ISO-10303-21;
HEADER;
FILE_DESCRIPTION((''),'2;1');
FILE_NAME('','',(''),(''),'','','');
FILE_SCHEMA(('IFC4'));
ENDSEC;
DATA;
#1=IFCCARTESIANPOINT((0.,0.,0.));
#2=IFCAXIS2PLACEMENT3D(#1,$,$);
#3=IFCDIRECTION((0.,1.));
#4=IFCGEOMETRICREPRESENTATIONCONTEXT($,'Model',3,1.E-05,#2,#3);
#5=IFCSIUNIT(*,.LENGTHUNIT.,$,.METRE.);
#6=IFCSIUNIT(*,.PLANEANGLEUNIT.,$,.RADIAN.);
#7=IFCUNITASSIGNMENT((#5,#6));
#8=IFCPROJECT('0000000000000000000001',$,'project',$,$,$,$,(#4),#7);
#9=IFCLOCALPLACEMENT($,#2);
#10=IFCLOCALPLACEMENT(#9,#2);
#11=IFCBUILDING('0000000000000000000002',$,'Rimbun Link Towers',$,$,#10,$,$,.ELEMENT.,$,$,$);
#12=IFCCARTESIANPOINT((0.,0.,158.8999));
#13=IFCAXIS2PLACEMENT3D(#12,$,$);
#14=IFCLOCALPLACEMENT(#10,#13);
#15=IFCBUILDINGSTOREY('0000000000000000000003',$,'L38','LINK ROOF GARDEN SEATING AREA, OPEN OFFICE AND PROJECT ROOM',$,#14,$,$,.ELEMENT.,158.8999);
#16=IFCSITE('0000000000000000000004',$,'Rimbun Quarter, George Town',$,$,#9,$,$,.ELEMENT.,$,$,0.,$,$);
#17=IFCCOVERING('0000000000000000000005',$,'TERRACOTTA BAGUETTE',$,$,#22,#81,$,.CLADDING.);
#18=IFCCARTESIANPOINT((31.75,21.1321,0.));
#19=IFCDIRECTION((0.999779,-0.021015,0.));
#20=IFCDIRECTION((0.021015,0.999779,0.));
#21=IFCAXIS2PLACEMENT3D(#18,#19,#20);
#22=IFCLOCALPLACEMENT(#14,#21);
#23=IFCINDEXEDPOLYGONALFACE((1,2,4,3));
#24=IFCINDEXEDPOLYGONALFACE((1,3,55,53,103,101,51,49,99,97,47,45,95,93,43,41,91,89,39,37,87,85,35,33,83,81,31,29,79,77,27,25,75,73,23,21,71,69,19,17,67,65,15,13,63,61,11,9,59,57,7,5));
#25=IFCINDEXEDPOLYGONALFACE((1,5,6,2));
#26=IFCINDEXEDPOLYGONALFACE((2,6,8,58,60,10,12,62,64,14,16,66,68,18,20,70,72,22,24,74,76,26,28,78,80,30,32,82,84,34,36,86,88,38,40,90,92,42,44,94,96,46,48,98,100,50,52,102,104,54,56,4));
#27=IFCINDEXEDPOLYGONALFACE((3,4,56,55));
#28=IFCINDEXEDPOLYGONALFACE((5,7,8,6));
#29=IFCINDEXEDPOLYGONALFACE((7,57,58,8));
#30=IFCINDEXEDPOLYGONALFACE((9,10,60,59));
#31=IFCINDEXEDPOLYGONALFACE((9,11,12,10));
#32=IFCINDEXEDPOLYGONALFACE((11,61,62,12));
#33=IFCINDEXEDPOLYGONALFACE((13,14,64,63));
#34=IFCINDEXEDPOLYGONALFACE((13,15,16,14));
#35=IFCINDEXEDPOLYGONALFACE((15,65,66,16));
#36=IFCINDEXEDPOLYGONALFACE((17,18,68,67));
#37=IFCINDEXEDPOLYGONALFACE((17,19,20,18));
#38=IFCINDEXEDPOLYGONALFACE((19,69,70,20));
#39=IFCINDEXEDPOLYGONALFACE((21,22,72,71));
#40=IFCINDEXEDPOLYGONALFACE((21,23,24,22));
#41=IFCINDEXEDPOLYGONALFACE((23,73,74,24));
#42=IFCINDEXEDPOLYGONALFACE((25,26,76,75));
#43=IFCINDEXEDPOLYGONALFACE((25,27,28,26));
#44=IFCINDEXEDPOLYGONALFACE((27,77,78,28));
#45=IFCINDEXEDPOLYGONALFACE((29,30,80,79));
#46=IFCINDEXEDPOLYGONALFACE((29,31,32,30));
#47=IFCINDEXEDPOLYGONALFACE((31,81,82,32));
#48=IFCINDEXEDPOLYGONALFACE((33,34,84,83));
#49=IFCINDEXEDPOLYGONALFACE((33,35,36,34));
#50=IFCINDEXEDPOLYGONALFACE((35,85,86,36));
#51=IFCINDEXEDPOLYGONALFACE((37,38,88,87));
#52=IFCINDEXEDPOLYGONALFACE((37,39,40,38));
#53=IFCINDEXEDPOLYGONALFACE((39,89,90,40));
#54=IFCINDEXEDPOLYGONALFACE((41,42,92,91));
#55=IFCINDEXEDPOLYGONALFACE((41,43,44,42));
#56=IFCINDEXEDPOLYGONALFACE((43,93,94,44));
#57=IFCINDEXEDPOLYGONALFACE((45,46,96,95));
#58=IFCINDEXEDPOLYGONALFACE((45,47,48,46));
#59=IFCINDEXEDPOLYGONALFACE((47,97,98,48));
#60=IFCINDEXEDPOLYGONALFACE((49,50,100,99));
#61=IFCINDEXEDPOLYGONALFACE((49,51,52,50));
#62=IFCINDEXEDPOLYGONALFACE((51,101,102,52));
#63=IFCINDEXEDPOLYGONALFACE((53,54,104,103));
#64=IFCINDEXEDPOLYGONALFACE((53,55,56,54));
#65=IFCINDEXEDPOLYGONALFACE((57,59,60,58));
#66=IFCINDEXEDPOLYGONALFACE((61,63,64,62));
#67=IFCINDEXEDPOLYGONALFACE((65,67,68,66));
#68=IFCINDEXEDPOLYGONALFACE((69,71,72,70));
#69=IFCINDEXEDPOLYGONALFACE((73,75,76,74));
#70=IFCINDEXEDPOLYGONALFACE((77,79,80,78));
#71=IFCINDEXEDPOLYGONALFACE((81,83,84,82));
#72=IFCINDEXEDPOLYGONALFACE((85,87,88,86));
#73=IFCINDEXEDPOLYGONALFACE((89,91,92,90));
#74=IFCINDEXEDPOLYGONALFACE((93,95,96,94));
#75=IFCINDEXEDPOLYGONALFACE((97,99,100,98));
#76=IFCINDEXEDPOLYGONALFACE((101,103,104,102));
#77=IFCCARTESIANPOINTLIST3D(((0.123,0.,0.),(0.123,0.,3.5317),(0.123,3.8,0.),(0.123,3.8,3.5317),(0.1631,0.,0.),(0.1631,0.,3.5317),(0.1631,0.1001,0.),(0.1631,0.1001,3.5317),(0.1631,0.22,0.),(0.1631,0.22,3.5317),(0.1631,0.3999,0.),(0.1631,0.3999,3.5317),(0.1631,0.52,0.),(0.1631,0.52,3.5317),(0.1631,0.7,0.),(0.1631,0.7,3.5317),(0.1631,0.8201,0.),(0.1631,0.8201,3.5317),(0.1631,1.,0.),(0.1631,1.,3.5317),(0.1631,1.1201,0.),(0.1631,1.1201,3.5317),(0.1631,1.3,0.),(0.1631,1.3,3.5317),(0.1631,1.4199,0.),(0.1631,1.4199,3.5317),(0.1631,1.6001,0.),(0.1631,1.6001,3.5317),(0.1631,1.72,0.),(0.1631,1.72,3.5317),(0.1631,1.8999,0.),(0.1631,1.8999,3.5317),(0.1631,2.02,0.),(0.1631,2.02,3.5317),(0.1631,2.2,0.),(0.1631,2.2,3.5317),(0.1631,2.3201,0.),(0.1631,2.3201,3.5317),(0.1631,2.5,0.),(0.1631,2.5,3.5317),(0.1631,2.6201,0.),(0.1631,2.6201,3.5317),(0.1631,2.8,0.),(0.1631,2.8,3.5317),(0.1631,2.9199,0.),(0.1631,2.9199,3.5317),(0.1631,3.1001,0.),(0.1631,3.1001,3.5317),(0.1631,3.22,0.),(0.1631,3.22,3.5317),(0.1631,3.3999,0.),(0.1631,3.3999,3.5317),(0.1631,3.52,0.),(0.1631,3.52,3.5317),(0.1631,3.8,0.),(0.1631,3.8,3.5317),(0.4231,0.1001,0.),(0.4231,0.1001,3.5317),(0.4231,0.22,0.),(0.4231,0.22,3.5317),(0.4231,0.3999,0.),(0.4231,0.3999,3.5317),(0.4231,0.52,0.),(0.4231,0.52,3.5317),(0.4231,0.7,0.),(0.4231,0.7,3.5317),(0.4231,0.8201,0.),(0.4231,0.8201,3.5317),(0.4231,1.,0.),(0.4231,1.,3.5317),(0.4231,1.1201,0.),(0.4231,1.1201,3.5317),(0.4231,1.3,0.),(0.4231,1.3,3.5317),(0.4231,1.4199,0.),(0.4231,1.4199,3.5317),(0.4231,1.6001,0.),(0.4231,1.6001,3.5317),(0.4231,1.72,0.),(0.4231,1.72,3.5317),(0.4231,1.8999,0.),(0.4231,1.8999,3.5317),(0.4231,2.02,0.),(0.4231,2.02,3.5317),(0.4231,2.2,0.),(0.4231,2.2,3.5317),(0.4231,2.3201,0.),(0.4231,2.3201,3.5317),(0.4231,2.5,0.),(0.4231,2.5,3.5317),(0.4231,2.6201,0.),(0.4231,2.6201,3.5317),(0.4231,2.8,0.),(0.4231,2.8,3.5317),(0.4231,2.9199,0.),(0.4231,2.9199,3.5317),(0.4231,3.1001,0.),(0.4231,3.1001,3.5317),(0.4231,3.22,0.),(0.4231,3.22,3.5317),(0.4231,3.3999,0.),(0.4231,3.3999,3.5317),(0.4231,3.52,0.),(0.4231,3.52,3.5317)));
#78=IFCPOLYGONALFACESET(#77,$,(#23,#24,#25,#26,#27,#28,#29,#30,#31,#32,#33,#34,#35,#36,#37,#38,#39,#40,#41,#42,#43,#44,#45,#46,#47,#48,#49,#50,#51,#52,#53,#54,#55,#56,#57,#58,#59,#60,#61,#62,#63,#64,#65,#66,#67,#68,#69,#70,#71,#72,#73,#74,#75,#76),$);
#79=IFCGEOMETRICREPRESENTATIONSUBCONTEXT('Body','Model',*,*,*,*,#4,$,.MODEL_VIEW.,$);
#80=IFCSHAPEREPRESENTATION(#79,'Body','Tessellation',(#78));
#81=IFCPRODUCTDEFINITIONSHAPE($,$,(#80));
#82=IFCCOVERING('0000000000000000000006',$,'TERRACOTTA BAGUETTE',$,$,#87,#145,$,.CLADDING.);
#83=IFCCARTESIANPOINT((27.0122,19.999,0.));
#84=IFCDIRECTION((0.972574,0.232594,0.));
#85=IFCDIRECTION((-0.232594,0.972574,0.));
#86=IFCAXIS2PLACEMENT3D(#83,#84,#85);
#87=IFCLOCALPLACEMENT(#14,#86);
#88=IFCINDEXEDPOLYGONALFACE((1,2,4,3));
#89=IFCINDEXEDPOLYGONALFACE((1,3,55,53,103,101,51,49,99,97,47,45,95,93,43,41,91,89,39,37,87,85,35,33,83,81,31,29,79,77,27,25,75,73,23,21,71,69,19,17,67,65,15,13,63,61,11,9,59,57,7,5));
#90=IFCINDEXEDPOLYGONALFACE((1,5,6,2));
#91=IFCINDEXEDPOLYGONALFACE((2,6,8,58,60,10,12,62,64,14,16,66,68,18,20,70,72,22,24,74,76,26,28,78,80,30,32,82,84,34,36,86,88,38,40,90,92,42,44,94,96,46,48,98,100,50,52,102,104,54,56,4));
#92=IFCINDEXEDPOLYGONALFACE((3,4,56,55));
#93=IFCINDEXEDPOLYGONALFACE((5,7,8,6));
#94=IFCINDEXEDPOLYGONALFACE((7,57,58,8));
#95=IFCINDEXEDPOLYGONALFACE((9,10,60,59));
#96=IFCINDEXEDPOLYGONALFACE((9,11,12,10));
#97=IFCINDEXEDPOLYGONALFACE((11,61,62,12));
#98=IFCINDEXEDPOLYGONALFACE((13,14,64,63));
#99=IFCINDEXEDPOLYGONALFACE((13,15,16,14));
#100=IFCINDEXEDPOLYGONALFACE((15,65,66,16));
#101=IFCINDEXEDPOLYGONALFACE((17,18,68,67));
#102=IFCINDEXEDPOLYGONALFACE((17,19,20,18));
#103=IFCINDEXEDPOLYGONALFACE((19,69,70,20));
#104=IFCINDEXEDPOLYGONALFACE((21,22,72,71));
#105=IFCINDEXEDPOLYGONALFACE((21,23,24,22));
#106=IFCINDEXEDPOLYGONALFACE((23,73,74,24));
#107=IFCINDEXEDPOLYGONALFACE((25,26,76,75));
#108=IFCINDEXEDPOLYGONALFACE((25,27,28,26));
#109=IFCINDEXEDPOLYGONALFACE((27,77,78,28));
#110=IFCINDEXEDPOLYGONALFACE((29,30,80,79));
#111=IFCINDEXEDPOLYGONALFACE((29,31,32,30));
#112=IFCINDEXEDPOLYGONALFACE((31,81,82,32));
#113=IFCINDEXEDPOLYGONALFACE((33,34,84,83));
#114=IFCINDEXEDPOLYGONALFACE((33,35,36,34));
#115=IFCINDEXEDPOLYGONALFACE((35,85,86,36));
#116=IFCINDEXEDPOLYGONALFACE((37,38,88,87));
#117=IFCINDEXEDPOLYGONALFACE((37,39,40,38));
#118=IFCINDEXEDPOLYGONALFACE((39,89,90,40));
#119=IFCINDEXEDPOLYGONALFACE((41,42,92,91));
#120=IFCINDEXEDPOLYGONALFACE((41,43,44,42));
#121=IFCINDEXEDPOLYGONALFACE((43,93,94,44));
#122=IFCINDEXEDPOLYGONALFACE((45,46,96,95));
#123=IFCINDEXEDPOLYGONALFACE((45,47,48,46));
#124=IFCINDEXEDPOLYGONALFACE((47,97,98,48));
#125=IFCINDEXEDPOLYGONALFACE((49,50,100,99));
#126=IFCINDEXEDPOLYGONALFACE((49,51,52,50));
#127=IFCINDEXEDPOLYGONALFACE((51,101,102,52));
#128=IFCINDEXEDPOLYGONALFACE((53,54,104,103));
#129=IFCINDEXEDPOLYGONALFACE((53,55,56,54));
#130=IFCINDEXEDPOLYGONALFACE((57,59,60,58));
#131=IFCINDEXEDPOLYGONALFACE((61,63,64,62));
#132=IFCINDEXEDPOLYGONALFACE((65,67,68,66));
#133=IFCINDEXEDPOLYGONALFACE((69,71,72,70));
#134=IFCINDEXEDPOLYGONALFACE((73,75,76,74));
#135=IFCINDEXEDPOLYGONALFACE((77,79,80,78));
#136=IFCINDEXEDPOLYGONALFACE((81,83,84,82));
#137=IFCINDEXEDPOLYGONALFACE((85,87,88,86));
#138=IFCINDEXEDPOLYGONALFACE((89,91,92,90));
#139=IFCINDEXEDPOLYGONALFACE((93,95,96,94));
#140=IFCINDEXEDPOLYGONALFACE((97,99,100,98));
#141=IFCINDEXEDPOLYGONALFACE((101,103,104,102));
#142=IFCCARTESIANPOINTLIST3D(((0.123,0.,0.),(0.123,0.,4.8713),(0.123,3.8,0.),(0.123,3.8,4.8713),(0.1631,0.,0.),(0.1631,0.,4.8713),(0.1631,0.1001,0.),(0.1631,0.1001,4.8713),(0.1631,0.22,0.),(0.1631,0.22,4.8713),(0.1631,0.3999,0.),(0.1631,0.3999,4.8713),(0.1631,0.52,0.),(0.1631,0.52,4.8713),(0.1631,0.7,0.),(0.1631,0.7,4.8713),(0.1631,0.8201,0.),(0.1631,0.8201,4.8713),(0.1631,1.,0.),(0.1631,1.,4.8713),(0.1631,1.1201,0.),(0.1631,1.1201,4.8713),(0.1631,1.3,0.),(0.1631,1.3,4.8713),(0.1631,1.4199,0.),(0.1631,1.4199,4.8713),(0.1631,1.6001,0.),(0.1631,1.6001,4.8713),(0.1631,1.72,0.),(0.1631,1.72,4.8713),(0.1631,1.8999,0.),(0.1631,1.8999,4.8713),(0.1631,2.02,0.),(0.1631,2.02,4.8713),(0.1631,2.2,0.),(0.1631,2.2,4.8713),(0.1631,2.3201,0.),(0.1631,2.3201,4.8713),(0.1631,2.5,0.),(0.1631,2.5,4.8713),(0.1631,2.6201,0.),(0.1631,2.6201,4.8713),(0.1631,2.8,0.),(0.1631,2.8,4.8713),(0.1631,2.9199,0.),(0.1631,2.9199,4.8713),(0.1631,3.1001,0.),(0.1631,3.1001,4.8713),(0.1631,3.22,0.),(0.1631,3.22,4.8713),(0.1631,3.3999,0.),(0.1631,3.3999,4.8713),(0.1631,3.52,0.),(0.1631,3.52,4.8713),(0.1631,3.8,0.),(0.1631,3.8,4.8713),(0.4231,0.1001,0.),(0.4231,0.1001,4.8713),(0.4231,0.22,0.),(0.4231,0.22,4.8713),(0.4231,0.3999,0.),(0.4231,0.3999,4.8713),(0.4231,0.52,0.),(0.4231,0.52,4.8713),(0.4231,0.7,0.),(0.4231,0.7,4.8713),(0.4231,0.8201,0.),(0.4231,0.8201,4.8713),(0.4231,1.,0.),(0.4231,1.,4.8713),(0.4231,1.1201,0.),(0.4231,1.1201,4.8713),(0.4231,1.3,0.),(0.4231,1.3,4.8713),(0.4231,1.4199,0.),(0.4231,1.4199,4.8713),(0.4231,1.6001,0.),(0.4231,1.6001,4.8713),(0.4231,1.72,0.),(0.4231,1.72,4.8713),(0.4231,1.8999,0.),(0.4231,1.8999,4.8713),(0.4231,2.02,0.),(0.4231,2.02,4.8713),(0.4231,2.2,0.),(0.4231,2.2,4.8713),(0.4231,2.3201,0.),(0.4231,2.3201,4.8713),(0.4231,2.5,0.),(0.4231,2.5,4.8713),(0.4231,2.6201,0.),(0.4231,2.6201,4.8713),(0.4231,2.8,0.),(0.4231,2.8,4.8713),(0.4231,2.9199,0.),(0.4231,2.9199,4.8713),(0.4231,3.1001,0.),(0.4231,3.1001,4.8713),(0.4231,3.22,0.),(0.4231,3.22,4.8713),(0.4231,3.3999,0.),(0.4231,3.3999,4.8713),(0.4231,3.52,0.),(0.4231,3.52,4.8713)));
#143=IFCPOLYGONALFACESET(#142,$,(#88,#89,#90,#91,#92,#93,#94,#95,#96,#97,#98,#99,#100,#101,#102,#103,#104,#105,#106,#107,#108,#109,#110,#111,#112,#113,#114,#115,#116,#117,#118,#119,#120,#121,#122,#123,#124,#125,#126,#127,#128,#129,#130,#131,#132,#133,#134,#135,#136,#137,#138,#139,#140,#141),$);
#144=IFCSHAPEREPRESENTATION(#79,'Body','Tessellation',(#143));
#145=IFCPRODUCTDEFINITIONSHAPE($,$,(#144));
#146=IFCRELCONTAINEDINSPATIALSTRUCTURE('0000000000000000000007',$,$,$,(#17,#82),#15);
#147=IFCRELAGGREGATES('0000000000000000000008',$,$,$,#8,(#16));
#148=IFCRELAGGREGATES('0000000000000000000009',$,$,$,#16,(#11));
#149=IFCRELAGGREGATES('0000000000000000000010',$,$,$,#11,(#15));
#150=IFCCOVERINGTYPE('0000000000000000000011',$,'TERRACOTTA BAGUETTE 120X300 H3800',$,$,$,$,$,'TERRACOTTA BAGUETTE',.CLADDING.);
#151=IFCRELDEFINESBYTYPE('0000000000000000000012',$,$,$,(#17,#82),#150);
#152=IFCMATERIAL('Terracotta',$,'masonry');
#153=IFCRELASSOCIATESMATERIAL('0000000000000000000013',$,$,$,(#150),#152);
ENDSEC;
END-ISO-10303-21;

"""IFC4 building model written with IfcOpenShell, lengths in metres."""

from ifc_helpers import new_model, si_unit, direction, frame, origin, place, context, subcontext, project, spatial, polyline, outline, extrude, material, material_profile, profile_set, type_object, element, save


model = new_model("IFC4")

# Units and contexts
model_context = context("Model", 3, precision=1e-05, world=origin(), true_north=direction((0.0, 1.0)))
body_context = subcontext(model_context, "Body", "Model", "MODEL_VIEW")
ifc_project = project(units=[si_unit("LENGTHUNIT", "METRE"), si_unit("PLANEANGLEUNIT", "RADIAN")], contexts=[model_context])

# Site, building, storey
site_placement = place(None, origin())
site = spatial("IfcSite", under=ifc_project, at=site_placement, Name="Rimbun Quarter, George Town", CompositionType="ELEMENT", RefElevation=0.0)
building_placement = place(site_placement, origin())
building = spatial("IfcBuilding", under=site, at=building_placement, Name="Rimbun Link Towers", CompositionType="ELEMENT")
storey_placement = place(building_placement, frame((0.0, 0.0, 158.8999)))
storey = spatial("IfcBuildingStorey", under=building, at=storey_placement, Name="L38", Description="LINK ROOF GARDEN SEATING AREA, OPEN OFFICE AND PROJECT ROOM", CompositionType="ELEMENT", Elevation=158.8999)

# Coverings
ifc_material_1 = material(Name="Terracotta", Category="masonry")
ifc_material_profile_1 = material_profile(ifc_material_1, outline(polyline([(0.123, 0.0), (0.1631, 0.0), (0.1631, 0.1001), (0.4231, 0.1001), (0.4231, 0.22), (0.1631, 0.22), (0.1631, 0.3999), (0.4231, 0.3999), (0.4231, 0.52), (0.1631, 0.52), (0.1631, 0.7), (0.4231, 0.7), (0.4231, 0.8201), (0.1631, 0.8201), (0.1631, 1.0), (0.4231, 1.0), (0.4231, 1.1201), (0.1631, 1.1201), (0.1631, 1.3), (0.4231, 1.3), (0.4231, 1.4199), (0.1631, 1.4199), (0.1631, 1.6001), (0.4231, 1.6001), (0.4231, 1.72), (0.1631, 1.72), (0.1631, 1.8999), (0.4231, 1.8999), (0.4231, 2.02), (0.1631, 2.02), (0.1631, 2.2), (0.4231, 2.2), (0.4231, 2.3201), (0.1631, 2.3201), (0.1631, 2.5), (0.4231, 2.5), (0.4231, 2.6201), (0.1631, 2.6201), (0.1631, 2.8), (0.4231, 2.8), (0.4231, 2.9199), (0.1631, 2.9199), (0.1631, 3.1001), (0.4231, 3.1001), (0.4231, 3.22), (0.1631, 3.22), (0.1631, 3.3999), (0.4231, 3.3999), (0.4231, 3.52), (0.1631, 3.52), (0.1631, 3.8), (0.123, 3.8), (0.123, 0.0)])), Name="BAGUETTE 120X300")
ifc_profile_set_1 = profile_set([ifc_material_profile_1], Name="Terracotta")
covering_type = type_object("IfcCoveringType", Name="TERRACOTTA BAGUETTE 120X300 H3800", ElementType="TERRACOTTA BAGUETTE", PredefinedType="CLADDING", material=ifc_profile_set_1)
covering_1_placement = place(storey_placement, frame((31.75, 21.1321, 0.0), z_axis=(0.999779, -0.021015, 0.0), x_axis=(0.021015, 0.999779, 0.0)))
element("IfcCovering", 1, at=covering_1_placement, inside=storey, type_object=covering_type, Name="TERRACOTTA BAGUETTE", PredefinedType="CLADDING", context=body_context, shape_type="SweptSolid", body=[
    extrude(outline(polyline([(0.123, 0.0), (0.1631, 0.0), (0.1631, 0.1001), (0.4231, 0.1001), (0.4231, 0.22), (0.1631, 0.22), (0.1631, 0.3999), (0.4231, 0.3999), (0.4231, 0.52), (0.1631, 0.52), (0.1631, 0.7), (0.4231, 0.7), (0.4231, 0.8201), (0.1631, 0.8201), (0.1631, 1.0), (0.4231, 1.0), (0.4231, 1.1201), (0.1631, 1.1201), (0.1631, 1.3), (0.4231, 1.3), (0.4231, 1.4199), (0.1631, 1.4199), (0.1631, 1.6001), (0.4231, 1.6001), (0.4231, 1.72), (0.1631, 1.72), (0.1631, 1.8999), (0.4231, 1.8999), (0.4231, 2.02), (0.1631, 2.02), (0.1631, 2.2), (0.4231, 2.2), (0.4231, 2.3201), (0.1631, 2.3201), (0.1631, 2.5), (0.4231, 2.5), (0.4231, 2.6201), (0.1631, 2.6201), (0.1631, 2.8), (0.4231, 2.8), (0.4231, 2.9199), (0.1631, 2.9199), (0.1631, 3.1001), (0.4231, 3.1001), (0.4231, 3.22), (0.1631, 3.22), (0.1631, 3.3999), (0.4231, 3.3999), (0.4231, 3.52), (0.1631, 3.52), (0.1631, 3.8), (0.123, 3.8), (0.123, 0.0)])), origin(), (0.0, 0.0, 1.0), 3.5317),
])
covering_2_placement = place(storey_placement, frame((27.0122, 19.999, 0.0), z_axis=(0.972574, 0.232594, 0.0), x_axis=(-0.232594, 0.972574, 0.0)))
element("IfcCovering", 2, at=covering_2_placement, inside=storey, type_object=covering_type, Name="TERRACOTTA BAGUETTE", PredefinedType="CLADDING", context=body_context, shape_type="SweptSolid", body=[
    extrude(outline(polyline([(0.123, 0.0), (0.1631, 0.0), (0.1631, 0.1001), (0.4231, 0.1001), (0.4231, 0.22), (0.1631, 0.22), (0.1631, 0.3999), (0.4231, 0.3999), (0.4231, 0.52), (0.1631, 0.52), (0.1631, 0.7), (0.4231, 0.7), (0.4231, 0.8201), (0.1631, 0.8201), (0.1631, 1.0), (0.4231, 1.0), (0.4231, 1.1201), (0.1631, 1.1201), (0.1631, 1.3), (0.4231, 1.3), (0.4231, 1.4199), (0.1631, 1.4199), (0.1631, 1.6001), (0.4231, 1.6001), (0.4231, 1.72), (0.1631, 1.72), (0.1631, 1.8999), (0.4231, 1.8999), (0.4231, 2.02), (0.1631, 2.02), (0.1631, 2.2), (0.4231, 2.2), (0.4231, 2.3201), (0.1631, 2.3201), (0.1631, 2.5), (0.4231, 2.5), (0.4231, 2.6201), (0.1631, 2.6201), (0.1631, 2.8), (0.4231, 2.8), (0.4231, 2.9199), (0.1631, 2.9199), (0.1631, 3.1001), (0.4231, 3.1001), (0.4231, 3.22), (0.1631, 3.22), (0.1631, 3.3999), (0.4231, 3.3999), (0.4231, 3.52), (0.1631, 3.52), (0.1631, 3.8), (0.123, 3.8), (0.123, 0.0)])), origin(), (0.0, 0.0, 1.0), 4.8713),
])

save(model, "model.ifc")
